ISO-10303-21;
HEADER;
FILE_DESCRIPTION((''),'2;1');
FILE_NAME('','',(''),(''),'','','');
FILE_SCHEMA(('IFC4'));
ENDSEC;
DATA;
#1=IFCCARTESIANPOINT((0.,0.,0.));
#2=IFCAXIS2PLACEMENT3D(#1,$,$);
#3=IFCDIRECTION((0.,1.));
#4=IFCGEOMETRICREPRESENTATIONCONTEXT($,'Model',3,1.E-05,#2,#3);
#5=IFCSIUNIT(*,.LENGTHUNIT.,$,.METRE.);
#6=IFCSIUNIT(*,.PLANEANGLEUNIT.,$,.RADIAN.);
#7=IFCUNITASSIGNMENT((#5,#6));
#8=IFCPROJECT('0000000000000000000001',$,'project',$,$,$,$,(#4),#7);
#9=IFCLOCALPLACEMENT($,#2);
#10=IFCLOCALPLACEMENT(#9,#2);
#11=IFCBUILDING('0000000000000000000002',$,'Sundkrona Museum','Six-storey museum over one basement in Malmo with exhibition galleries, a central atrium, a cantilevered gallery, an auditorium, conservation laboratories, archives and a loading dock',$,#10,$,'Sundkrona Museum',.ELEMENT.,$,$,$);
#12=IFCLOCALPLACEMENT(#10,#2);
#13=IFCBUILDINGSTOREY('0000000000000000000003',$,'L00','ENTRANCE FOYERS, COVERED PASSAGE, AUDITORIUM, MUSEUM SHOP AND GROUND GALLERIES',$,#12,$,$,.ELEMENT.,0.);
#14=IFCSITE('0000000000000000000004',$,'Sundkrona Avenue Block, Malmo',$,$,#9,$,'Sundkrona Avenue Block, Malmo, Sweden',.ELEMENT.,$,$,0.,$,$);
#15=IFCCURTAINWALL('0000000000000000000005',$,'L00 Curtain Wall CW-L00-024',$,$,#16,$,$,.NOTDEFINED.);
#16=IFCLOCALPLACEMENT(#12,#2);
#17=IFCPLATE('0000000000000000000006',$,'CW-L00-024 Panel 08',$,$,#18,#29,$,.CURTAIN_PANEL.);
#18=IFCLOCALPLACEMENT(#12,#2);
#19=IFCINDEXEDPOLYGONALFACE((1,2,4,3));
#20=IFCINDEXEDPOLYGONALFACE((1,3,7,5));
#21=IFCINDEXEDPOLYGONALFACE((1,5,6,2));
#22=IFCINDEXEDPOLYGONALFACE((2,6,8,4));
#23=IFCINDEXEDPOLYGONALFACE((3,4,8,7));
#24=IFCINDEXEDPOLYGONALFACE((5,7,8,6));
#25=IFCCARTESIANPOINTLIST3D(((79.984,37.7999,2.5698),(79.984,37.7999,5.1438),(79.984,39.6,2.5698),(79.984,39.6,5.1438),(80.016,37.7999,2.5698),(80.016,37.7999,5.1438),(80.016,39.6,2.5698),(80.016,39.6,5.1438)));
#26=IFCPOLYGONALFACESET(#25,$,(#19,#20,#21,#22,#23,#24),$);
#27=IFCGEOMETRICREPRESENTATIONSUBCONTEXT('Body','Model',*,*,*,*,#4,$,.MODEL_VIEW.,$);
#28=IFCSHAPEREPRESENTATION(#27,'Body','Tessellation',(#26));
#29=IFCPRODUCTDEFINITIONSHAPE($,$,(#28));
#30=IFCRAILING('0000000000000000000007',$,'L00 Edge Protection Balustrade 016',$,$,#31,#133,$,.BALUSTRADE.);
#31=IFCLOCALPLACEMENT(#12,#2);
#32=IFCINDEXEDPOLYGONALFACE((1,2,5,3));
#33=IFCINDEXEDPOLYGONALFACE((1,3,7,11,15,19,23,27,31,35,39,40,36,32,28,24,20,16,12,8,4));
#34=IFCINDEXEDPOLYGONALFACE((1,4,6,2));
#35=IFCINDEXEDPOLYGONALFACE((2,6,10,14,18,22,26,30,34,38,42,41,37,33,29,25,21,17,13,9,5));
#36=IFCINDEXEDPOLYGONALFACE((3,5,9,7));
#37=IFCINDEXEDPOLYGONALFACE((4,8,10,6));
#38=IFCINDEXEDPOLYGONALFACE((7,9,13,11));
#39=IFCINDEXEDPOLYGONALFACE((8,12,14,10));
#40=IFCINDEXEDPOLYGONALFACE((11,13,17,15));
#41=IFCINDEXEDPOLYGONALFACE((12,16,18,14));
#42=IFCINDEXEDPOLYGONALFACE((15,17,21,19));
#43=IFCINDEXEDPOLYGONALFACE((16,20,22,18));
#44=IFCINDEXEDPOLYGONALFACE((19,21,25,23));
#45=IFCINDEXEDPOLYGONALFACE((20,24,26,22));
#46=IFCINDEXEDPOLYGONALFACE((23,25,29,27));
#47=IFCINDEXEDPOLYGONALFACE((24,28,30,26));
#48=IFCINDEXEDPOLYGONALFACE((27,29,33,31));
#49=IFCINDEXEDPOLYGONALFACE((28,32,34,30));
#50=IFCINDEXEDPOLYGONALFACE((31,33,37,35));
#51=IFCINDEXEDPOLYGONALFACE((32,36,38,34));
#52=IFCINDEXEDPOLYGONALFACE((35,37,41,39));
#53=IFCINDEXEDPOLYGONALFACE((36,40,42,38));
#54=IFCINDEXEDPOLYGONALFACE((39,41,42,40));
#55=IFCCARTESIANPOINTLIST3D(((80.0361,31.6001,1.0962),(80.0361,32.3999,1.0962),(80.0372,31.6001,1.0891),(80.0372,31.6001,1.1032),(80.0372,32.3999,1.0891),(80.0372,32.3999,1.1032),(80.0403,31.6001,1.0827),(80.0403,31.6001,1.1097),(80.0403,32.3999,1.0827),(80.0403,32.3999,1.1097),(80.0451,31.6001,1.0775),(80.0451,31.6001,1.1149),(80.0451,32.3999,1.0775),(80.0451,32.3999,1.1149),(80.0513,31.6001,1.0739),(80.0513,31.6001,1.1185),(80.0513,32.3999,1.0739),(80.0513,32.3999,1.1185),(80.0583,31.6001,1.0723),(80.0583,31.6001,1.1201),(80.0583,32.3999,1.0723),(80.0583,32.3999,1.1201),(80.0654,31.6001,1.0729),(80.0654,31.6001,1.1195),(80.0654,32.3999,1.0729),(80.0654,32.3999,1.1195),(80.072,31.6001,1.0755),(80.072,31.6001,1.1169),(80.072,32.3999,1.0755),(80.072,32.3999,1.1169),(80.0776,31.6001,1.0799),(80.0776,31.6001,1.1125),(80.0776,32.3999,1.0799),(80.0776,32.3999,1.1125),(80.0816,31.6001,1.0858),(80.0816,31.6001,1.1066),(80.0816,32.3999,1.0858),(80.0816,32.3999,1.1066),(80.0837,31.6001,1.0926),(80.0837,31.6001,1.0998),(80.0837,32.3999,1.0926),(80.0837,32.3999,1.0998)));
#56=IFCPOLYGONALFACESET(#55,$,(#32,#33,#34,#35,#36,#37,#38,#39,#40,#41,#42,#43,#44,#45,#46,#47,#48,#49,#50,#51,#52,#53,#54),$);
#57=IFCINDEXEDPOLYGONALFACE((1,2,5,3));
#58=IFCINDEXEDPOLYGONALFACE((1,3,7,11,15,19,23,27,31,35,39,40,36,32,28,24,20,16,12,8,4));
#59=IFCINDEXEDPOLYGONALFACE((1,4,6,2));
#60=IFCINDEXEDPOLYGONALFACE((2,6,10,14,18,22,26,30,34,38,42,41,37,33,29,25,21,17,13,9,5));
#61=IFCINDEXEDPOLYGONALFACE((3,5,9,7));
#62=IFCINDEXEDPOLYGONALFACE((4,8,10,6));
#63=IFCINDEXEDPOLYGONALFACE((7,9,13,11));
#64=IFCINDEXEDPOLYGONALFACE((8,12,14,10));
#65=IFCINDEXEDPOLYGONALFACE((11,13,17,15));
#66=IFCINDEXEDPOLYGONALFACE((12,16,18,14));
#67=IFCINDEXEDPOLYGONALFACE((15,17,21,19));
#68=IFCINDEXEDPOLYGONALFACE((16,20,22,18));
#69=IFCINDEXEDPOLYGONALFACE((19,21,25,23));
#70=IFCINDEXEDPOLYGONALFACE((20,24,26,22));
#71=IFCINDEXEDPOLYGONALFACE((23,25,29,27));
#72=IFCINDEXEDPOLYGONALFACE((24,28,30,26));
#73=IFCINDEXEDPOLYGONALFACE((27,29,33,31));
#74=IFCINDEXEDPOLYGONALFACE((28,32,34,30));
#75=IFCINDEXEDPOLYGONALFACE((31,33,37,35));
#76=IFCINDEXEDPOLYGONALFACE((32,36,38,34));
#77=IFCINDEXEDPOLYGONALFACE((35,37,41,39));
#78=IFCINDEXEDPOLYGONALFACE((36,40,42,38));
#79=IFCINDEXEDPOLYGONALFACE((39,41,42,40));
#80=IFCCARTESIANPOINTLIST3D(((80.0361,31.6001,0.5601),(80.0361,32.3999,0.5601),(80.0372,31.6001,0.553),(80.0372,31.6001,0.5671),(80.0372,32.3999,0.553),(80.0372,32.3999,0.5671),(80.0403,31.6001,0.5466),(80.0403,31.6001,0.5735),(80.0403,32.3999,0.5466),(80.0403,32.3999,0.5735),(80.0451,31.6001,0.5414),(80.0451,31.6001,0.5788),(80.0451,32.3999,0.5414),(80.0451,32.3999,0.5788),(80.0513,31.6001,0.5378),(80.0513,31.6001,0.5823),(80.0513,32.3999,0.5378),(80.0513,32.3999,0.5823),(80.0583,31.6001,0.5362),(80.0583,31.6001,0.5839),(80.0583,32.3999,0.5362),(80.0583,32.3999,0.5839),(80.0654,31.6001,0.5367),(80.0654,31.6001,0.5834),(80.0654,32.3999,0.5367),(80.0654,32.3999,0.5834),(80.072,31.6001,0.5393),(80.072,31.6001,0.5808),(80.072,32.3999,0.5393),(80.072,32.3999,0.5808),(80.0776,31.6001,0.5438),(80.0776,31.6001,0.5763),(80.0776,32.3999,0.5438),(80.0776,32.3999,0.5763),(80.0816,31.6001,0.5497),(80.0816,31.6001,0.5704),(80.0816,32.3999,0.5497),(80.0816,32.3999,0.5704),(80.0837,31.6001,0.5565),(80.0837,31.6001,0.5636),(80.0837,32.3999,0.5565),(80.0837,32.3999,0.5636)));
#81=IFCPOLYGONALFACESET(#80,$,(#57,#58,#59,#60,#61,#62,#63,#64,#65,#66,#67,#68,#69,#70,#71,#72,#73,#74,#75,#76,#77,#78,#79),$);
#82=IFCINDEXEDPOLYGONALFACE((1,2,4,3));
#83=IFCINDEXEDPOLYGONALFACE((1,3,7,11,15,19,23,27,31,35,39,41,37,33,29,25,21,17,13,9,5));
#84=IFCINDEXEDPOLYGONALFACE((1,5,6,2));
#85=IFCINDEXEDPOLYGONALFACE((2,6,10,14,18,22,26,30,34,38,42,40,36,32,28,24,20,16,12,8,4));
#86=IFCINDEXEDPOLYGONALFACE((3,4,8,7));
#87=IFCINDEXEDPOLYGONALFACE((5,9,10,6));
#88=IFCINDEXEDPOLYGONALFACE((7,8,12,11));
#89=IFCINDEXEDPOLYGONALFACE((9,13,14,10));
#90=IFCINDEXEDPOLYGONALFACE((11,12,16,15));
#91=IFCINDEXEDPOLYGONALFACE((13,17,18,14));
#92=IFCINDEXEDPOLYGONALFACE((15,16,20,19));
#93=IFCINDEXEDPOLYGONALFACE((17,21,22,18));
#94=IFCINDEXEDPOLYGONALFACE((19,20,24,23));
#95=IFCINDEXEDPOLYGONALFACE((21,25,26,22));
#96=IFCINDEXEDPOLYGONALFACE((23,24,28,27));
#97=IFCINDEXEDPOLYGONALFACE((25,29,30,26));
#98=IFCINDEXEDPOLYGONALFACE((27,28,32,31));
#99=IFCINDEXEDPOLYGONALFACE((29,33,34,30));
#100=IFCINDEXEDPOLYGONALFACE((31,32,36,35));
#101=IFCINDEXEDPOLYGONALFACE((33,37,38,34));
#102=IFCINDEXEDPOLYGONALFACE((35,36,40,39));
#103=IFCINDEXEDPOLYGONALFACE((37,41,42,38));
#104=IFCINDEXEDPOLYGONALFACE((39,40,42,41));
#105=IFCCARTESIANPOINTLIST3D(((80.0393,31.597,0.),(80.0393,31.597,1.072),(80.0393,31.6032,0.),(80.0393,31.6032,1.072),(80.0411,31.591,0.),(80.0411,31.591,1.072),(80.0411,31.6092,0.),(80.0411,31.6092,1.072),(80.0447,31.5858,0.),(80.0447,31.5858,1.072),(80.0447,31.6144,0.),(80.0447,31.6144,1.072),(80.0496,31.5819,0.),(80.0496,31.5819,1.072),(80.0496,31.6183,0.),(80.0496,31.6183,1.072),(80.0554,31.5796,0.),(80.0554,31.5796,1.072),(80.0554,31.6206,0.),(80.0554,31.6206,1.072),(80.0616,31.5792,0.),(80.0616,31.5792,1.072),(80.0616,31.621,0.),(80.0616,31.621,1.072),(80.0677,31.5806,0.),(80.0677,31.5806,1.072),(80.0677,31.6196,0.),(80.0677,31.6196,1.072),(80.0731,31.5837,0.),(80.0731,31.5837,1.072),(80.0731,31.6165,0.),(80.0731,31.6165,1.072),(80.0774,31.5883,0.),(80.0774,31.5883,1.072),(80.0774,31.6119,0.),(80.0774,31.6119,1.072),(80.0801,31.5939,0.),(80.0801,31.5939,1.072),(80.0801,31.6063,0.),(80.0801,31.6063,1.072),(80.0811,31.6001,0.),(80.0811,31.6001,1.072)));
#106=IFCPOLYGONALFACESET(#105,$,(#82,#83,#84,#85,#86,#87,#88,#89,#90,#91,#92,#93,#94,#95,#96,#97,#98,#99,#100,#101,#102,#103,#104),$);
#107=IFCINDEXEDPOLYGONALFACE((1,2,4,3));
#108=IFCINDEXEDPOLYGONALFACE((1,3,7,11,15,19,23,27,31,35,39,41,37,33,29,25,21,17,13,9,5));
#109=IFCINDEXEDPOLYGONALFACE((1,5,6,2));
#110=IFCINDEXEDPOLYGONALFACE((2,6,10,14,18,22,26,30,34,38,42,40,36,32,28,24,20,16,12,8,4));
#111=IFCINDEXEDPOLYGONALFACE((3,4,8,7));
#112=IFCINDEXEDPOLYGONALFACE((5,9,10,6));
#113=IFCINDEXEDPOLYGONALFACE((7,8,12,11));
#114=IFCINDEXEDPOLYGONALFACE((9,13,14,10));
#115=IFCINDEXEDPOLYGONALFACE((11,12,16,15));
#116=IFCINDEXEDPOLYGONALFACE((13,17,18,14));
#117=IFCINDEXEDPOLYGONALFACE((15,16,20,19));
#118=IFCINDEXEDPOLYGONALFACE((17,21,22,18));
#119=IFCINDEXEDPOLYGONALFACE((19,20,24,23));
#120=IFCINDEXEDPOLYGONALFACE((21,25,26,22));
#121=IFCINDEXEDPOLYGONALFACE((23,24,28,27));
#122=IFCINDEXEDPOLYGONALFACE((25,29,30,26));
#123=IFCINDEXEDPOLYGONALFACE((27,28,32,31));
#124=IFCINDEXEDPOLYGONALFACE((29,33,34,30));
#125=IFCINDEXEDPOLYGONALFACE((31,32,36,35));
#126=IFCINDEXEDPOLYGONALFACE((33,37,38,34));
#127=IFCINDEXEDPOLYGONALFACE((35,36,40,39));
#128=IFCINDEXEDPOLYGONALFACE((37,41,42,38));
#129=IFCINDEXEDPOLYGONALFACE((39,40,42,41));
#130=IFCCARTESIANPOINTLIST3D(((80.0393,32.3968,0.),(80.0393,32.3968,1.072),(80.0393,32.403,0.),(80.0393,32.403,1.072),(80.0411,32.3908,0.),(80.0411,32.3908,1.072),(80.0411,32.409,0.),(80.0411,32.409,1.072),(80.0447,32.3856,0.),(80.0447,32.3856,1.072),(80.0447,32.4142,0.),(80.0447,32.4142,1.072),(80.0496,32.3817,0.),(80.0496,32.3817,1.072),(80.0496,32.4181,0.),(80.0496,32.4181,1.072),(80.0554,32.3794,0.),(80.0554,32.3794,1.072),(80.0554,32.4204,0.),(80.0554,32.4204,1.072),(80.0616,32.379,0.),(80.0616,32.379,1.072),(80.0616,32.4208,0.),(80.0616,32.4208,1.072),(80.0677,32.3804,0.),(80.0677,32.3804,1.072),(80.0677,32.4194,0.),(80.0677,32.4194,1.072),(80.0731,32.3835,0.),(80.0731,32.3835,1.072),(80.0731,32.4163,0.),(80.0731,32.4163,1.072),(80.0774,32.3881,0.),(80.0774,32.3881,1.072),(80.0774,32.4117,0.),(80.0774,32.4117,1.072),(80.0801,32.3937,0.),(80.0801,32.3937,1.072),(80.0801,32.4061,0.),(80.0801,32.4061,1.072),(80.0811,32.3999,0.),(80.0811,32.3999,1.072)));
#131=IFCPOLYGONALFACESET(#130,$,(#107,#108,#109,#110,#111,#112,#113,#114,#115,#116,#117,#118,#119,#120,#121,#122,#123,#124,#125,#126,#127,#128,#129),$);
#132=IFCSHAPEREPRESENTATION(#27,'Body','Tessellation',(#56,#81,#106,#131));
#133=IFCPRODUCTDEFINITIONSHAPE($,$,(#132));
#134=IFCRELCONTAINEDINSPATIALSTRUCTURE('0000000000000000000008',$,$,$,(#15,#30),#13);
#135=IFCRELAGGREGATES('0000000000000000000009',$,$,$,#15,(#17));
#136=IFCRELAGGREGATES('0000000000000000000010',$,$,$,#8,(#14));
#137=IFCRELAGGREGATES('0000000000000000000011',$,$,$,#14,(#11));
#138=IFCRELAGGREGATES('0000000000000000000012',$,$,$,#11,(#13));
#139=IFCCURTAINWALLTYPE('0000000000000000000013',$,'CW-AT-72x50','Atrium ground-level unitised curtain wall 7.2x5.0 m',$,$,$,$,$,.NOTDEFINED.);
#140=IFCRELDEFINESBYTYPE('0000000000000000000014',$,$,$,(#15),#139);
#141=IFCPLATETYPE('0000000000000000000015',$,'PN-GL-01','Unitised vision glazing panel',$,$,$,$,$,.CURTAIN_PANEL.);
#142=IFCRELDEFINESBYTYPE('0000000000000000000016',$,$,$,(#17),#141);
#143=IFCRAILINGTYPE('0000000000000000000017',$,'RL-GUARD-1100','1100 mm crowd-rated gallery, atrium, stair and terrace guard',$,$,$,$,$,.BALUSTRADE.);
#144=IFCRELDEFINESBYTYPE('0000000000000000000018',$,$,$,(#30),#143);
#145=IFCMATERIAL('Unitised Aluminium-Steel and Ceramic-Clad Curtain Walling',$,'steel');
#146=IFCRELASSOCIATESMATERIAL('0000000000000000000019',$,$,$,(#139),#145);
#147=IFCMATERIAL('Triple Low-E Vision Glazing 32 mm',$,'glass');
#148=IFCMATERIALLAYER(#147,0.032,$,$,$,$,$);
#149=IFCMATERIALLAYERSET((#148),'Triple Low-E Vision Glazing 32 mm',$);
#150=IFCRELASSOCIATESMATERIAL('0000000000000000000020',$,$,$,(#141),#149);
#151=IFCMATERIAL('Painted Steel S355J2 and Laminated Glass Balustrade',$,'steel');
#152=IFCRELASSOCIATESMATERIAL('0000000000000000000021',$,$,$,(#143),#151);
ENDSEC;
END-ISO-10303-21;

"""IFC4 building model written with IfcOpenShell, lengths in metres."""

from ifc_helpers import new_model, si_unit, direction, frame, origin, origin_2d, place, context, subcontext, project, spatial, rectangle, circle, extrude, material, layer, layer_set, type_object, element, aggregate, save


model = new_model("IFC4")

# Units and contexts
model_context = context("Model", 3, precision=1e-05, world=origin(), true_north=direction((0.0, 1.0)))
body_context = subcontext(model_context, "Body", "Model", "MODEL_VIEW")
ifc_project = project(units=[si_unit("LENGTHUNIT", "METRE"), si_unit("PLANEANGLEUNIT", "RADIAN")], contexts=[model_context])

# Site, building, storey
site_placement = place(None, origin())
site = spatial("IfcSite", under=ifc_project, at=site_placement, Name="Sundkrona Avenue Block, Malmo", LongName="Sundkrona Avenue Block, Malmo, Sweden", CompositionType="ELEMENT", RefElevation=0.0)
building_placement = place(site_placement, origin())
building = spatial("IfcBuilding", under=site, at=building_placement, Name="Sundkrona Museum", Description="Six-storey museum over one basement in Malmo with exhibition galleries, a central atrium, a cantilevered gallery, an auditorium, conservation laboratories, archives and a loading dock", LongName="Sundkrona Museum", CompositionType="ELEMENT")
storey_placement = place(building_placement, origin())
storey = spatial("IfcBuildingStorey", under=building, at=storey_placement, Name="L00", Description="ENTRANCE FOYERS, COVERED PASSAGE, AUDITORIUM, MUSEUM SHOP AND GROUND GALLERIES", CompositionType="ELEMENT", Elevation=0.0)

# Curtain wall
ifc_material_1 = material(Name="Unitised Aluminium-Steel and Ceramic-Clad Curtain Walling", Category="steel")
curtain_wall_type = type_object("IfcCurtainWallType", Name="CW-AT-72x50", Description="Atrium ground-level unitised curtain wall 7.2x5.0 m", PredefinedType="NOTDEFINED", material=ifc_material_1)
curtain_wall_placement = place(storey_placement, origin())
curtain_wall = element("IfcCurtainWall", 1, at=curtain_wall_placement, inside=storey, type_object=curtain_wall_type, Name="L00 Curtain Wall CW-L00-024", PredefinedType="NOTDEFINED")

# Plate
ifc_material_2 = material(Name="Triple Low-E Vision Glazing 32 mm", Category="glass")
ifc_layer_1 = layer(ifc_material_2, 0.032)
ifc_layer_set_1 = layer_set([ifc_layer_1], Name="Triple Low-E Vision Glazing 32 mm")
plate_type_1 = type_object("IfcPlateType", Name="PN-GL-01", Description="Unitised vision glazing panel", PredefinedType="CURTAIN_PANEL", material=ifc_layer_set_1)
plate_1_placement = place(storey_placement, frame((80.0, 38.7, 2.5698), z_axis=(0.0, 0.0, 1.0), x_axis=(0.0, 1.0, 0.0)))
plate_1 = element("IfcPlate", 2, at=plate_1_placement, type_object=plate_type_1, Name="CW-L00-024 Panel 08", PredefinedType="CURTAIN_PANEL", context=body_context, shape_type="SweptSolid", body=[
    extrude(rectangle(XDim=1.8, YDim=0.032, at=origin_2d()), origin(), (0.0, 0.0, 1.0), 2.574),
])
aggregate(curtain_wall, [plate_1])

# Railing
ifc_material_3 = material(Name="Painted Steel S355J2 and Laminated Glass Balustrade", Category="steel")
railing_type = type_object("IfcRailingType", Name="RL-GUARD-1100", Description="1100 mm crowd-rated gallery, atrium, stair and terrace guard", PredefinedType="BALUSTRADE", material=ifc_material_3)
railing_1_placement = place(storey_placement, frame((80.0601, 31.6001, 0.0)))
element("IfcRailing", 3, at=railing_1_placement, inside=storey, type_object=railing_type, Name="L00 Edge Protection Balustrade 016", PredefinedType="BALUSTRADE", context=body_context, shape_type="SweptSolid", body=[
    extrude(circle(Radius=0.0239, at=origin_2d()), frame((0.0, 0.0, 1.0962), z_axis=(0.0, 1.0, 0.0), x_axis=(-1.0, 0.0, 0.0)), (0.0, 0.0, 1.0), 0.7998),
    extrude(circle(Radius=0.0239, at=origin_2d()), frame((0.0, 0.0, 0.5601), z_axis=(0.0, 1.0, 0.0), x_axis=(-1.0, 0.0, 0.0)), (0.0, 0.0, 1.0), 0.7998),
    extrude(circle(Radius=0.021, at=origin_2d()), origin(), (0.0, 0.0, 1.0), 1.072),
    extrude(circle(Radius=0.021, at=origin_2d()), frame((0.0, 0.7998, 0.0)), (0.0, 0.0, 1.0), 1.072),
])

save(model, "model.ifc")
